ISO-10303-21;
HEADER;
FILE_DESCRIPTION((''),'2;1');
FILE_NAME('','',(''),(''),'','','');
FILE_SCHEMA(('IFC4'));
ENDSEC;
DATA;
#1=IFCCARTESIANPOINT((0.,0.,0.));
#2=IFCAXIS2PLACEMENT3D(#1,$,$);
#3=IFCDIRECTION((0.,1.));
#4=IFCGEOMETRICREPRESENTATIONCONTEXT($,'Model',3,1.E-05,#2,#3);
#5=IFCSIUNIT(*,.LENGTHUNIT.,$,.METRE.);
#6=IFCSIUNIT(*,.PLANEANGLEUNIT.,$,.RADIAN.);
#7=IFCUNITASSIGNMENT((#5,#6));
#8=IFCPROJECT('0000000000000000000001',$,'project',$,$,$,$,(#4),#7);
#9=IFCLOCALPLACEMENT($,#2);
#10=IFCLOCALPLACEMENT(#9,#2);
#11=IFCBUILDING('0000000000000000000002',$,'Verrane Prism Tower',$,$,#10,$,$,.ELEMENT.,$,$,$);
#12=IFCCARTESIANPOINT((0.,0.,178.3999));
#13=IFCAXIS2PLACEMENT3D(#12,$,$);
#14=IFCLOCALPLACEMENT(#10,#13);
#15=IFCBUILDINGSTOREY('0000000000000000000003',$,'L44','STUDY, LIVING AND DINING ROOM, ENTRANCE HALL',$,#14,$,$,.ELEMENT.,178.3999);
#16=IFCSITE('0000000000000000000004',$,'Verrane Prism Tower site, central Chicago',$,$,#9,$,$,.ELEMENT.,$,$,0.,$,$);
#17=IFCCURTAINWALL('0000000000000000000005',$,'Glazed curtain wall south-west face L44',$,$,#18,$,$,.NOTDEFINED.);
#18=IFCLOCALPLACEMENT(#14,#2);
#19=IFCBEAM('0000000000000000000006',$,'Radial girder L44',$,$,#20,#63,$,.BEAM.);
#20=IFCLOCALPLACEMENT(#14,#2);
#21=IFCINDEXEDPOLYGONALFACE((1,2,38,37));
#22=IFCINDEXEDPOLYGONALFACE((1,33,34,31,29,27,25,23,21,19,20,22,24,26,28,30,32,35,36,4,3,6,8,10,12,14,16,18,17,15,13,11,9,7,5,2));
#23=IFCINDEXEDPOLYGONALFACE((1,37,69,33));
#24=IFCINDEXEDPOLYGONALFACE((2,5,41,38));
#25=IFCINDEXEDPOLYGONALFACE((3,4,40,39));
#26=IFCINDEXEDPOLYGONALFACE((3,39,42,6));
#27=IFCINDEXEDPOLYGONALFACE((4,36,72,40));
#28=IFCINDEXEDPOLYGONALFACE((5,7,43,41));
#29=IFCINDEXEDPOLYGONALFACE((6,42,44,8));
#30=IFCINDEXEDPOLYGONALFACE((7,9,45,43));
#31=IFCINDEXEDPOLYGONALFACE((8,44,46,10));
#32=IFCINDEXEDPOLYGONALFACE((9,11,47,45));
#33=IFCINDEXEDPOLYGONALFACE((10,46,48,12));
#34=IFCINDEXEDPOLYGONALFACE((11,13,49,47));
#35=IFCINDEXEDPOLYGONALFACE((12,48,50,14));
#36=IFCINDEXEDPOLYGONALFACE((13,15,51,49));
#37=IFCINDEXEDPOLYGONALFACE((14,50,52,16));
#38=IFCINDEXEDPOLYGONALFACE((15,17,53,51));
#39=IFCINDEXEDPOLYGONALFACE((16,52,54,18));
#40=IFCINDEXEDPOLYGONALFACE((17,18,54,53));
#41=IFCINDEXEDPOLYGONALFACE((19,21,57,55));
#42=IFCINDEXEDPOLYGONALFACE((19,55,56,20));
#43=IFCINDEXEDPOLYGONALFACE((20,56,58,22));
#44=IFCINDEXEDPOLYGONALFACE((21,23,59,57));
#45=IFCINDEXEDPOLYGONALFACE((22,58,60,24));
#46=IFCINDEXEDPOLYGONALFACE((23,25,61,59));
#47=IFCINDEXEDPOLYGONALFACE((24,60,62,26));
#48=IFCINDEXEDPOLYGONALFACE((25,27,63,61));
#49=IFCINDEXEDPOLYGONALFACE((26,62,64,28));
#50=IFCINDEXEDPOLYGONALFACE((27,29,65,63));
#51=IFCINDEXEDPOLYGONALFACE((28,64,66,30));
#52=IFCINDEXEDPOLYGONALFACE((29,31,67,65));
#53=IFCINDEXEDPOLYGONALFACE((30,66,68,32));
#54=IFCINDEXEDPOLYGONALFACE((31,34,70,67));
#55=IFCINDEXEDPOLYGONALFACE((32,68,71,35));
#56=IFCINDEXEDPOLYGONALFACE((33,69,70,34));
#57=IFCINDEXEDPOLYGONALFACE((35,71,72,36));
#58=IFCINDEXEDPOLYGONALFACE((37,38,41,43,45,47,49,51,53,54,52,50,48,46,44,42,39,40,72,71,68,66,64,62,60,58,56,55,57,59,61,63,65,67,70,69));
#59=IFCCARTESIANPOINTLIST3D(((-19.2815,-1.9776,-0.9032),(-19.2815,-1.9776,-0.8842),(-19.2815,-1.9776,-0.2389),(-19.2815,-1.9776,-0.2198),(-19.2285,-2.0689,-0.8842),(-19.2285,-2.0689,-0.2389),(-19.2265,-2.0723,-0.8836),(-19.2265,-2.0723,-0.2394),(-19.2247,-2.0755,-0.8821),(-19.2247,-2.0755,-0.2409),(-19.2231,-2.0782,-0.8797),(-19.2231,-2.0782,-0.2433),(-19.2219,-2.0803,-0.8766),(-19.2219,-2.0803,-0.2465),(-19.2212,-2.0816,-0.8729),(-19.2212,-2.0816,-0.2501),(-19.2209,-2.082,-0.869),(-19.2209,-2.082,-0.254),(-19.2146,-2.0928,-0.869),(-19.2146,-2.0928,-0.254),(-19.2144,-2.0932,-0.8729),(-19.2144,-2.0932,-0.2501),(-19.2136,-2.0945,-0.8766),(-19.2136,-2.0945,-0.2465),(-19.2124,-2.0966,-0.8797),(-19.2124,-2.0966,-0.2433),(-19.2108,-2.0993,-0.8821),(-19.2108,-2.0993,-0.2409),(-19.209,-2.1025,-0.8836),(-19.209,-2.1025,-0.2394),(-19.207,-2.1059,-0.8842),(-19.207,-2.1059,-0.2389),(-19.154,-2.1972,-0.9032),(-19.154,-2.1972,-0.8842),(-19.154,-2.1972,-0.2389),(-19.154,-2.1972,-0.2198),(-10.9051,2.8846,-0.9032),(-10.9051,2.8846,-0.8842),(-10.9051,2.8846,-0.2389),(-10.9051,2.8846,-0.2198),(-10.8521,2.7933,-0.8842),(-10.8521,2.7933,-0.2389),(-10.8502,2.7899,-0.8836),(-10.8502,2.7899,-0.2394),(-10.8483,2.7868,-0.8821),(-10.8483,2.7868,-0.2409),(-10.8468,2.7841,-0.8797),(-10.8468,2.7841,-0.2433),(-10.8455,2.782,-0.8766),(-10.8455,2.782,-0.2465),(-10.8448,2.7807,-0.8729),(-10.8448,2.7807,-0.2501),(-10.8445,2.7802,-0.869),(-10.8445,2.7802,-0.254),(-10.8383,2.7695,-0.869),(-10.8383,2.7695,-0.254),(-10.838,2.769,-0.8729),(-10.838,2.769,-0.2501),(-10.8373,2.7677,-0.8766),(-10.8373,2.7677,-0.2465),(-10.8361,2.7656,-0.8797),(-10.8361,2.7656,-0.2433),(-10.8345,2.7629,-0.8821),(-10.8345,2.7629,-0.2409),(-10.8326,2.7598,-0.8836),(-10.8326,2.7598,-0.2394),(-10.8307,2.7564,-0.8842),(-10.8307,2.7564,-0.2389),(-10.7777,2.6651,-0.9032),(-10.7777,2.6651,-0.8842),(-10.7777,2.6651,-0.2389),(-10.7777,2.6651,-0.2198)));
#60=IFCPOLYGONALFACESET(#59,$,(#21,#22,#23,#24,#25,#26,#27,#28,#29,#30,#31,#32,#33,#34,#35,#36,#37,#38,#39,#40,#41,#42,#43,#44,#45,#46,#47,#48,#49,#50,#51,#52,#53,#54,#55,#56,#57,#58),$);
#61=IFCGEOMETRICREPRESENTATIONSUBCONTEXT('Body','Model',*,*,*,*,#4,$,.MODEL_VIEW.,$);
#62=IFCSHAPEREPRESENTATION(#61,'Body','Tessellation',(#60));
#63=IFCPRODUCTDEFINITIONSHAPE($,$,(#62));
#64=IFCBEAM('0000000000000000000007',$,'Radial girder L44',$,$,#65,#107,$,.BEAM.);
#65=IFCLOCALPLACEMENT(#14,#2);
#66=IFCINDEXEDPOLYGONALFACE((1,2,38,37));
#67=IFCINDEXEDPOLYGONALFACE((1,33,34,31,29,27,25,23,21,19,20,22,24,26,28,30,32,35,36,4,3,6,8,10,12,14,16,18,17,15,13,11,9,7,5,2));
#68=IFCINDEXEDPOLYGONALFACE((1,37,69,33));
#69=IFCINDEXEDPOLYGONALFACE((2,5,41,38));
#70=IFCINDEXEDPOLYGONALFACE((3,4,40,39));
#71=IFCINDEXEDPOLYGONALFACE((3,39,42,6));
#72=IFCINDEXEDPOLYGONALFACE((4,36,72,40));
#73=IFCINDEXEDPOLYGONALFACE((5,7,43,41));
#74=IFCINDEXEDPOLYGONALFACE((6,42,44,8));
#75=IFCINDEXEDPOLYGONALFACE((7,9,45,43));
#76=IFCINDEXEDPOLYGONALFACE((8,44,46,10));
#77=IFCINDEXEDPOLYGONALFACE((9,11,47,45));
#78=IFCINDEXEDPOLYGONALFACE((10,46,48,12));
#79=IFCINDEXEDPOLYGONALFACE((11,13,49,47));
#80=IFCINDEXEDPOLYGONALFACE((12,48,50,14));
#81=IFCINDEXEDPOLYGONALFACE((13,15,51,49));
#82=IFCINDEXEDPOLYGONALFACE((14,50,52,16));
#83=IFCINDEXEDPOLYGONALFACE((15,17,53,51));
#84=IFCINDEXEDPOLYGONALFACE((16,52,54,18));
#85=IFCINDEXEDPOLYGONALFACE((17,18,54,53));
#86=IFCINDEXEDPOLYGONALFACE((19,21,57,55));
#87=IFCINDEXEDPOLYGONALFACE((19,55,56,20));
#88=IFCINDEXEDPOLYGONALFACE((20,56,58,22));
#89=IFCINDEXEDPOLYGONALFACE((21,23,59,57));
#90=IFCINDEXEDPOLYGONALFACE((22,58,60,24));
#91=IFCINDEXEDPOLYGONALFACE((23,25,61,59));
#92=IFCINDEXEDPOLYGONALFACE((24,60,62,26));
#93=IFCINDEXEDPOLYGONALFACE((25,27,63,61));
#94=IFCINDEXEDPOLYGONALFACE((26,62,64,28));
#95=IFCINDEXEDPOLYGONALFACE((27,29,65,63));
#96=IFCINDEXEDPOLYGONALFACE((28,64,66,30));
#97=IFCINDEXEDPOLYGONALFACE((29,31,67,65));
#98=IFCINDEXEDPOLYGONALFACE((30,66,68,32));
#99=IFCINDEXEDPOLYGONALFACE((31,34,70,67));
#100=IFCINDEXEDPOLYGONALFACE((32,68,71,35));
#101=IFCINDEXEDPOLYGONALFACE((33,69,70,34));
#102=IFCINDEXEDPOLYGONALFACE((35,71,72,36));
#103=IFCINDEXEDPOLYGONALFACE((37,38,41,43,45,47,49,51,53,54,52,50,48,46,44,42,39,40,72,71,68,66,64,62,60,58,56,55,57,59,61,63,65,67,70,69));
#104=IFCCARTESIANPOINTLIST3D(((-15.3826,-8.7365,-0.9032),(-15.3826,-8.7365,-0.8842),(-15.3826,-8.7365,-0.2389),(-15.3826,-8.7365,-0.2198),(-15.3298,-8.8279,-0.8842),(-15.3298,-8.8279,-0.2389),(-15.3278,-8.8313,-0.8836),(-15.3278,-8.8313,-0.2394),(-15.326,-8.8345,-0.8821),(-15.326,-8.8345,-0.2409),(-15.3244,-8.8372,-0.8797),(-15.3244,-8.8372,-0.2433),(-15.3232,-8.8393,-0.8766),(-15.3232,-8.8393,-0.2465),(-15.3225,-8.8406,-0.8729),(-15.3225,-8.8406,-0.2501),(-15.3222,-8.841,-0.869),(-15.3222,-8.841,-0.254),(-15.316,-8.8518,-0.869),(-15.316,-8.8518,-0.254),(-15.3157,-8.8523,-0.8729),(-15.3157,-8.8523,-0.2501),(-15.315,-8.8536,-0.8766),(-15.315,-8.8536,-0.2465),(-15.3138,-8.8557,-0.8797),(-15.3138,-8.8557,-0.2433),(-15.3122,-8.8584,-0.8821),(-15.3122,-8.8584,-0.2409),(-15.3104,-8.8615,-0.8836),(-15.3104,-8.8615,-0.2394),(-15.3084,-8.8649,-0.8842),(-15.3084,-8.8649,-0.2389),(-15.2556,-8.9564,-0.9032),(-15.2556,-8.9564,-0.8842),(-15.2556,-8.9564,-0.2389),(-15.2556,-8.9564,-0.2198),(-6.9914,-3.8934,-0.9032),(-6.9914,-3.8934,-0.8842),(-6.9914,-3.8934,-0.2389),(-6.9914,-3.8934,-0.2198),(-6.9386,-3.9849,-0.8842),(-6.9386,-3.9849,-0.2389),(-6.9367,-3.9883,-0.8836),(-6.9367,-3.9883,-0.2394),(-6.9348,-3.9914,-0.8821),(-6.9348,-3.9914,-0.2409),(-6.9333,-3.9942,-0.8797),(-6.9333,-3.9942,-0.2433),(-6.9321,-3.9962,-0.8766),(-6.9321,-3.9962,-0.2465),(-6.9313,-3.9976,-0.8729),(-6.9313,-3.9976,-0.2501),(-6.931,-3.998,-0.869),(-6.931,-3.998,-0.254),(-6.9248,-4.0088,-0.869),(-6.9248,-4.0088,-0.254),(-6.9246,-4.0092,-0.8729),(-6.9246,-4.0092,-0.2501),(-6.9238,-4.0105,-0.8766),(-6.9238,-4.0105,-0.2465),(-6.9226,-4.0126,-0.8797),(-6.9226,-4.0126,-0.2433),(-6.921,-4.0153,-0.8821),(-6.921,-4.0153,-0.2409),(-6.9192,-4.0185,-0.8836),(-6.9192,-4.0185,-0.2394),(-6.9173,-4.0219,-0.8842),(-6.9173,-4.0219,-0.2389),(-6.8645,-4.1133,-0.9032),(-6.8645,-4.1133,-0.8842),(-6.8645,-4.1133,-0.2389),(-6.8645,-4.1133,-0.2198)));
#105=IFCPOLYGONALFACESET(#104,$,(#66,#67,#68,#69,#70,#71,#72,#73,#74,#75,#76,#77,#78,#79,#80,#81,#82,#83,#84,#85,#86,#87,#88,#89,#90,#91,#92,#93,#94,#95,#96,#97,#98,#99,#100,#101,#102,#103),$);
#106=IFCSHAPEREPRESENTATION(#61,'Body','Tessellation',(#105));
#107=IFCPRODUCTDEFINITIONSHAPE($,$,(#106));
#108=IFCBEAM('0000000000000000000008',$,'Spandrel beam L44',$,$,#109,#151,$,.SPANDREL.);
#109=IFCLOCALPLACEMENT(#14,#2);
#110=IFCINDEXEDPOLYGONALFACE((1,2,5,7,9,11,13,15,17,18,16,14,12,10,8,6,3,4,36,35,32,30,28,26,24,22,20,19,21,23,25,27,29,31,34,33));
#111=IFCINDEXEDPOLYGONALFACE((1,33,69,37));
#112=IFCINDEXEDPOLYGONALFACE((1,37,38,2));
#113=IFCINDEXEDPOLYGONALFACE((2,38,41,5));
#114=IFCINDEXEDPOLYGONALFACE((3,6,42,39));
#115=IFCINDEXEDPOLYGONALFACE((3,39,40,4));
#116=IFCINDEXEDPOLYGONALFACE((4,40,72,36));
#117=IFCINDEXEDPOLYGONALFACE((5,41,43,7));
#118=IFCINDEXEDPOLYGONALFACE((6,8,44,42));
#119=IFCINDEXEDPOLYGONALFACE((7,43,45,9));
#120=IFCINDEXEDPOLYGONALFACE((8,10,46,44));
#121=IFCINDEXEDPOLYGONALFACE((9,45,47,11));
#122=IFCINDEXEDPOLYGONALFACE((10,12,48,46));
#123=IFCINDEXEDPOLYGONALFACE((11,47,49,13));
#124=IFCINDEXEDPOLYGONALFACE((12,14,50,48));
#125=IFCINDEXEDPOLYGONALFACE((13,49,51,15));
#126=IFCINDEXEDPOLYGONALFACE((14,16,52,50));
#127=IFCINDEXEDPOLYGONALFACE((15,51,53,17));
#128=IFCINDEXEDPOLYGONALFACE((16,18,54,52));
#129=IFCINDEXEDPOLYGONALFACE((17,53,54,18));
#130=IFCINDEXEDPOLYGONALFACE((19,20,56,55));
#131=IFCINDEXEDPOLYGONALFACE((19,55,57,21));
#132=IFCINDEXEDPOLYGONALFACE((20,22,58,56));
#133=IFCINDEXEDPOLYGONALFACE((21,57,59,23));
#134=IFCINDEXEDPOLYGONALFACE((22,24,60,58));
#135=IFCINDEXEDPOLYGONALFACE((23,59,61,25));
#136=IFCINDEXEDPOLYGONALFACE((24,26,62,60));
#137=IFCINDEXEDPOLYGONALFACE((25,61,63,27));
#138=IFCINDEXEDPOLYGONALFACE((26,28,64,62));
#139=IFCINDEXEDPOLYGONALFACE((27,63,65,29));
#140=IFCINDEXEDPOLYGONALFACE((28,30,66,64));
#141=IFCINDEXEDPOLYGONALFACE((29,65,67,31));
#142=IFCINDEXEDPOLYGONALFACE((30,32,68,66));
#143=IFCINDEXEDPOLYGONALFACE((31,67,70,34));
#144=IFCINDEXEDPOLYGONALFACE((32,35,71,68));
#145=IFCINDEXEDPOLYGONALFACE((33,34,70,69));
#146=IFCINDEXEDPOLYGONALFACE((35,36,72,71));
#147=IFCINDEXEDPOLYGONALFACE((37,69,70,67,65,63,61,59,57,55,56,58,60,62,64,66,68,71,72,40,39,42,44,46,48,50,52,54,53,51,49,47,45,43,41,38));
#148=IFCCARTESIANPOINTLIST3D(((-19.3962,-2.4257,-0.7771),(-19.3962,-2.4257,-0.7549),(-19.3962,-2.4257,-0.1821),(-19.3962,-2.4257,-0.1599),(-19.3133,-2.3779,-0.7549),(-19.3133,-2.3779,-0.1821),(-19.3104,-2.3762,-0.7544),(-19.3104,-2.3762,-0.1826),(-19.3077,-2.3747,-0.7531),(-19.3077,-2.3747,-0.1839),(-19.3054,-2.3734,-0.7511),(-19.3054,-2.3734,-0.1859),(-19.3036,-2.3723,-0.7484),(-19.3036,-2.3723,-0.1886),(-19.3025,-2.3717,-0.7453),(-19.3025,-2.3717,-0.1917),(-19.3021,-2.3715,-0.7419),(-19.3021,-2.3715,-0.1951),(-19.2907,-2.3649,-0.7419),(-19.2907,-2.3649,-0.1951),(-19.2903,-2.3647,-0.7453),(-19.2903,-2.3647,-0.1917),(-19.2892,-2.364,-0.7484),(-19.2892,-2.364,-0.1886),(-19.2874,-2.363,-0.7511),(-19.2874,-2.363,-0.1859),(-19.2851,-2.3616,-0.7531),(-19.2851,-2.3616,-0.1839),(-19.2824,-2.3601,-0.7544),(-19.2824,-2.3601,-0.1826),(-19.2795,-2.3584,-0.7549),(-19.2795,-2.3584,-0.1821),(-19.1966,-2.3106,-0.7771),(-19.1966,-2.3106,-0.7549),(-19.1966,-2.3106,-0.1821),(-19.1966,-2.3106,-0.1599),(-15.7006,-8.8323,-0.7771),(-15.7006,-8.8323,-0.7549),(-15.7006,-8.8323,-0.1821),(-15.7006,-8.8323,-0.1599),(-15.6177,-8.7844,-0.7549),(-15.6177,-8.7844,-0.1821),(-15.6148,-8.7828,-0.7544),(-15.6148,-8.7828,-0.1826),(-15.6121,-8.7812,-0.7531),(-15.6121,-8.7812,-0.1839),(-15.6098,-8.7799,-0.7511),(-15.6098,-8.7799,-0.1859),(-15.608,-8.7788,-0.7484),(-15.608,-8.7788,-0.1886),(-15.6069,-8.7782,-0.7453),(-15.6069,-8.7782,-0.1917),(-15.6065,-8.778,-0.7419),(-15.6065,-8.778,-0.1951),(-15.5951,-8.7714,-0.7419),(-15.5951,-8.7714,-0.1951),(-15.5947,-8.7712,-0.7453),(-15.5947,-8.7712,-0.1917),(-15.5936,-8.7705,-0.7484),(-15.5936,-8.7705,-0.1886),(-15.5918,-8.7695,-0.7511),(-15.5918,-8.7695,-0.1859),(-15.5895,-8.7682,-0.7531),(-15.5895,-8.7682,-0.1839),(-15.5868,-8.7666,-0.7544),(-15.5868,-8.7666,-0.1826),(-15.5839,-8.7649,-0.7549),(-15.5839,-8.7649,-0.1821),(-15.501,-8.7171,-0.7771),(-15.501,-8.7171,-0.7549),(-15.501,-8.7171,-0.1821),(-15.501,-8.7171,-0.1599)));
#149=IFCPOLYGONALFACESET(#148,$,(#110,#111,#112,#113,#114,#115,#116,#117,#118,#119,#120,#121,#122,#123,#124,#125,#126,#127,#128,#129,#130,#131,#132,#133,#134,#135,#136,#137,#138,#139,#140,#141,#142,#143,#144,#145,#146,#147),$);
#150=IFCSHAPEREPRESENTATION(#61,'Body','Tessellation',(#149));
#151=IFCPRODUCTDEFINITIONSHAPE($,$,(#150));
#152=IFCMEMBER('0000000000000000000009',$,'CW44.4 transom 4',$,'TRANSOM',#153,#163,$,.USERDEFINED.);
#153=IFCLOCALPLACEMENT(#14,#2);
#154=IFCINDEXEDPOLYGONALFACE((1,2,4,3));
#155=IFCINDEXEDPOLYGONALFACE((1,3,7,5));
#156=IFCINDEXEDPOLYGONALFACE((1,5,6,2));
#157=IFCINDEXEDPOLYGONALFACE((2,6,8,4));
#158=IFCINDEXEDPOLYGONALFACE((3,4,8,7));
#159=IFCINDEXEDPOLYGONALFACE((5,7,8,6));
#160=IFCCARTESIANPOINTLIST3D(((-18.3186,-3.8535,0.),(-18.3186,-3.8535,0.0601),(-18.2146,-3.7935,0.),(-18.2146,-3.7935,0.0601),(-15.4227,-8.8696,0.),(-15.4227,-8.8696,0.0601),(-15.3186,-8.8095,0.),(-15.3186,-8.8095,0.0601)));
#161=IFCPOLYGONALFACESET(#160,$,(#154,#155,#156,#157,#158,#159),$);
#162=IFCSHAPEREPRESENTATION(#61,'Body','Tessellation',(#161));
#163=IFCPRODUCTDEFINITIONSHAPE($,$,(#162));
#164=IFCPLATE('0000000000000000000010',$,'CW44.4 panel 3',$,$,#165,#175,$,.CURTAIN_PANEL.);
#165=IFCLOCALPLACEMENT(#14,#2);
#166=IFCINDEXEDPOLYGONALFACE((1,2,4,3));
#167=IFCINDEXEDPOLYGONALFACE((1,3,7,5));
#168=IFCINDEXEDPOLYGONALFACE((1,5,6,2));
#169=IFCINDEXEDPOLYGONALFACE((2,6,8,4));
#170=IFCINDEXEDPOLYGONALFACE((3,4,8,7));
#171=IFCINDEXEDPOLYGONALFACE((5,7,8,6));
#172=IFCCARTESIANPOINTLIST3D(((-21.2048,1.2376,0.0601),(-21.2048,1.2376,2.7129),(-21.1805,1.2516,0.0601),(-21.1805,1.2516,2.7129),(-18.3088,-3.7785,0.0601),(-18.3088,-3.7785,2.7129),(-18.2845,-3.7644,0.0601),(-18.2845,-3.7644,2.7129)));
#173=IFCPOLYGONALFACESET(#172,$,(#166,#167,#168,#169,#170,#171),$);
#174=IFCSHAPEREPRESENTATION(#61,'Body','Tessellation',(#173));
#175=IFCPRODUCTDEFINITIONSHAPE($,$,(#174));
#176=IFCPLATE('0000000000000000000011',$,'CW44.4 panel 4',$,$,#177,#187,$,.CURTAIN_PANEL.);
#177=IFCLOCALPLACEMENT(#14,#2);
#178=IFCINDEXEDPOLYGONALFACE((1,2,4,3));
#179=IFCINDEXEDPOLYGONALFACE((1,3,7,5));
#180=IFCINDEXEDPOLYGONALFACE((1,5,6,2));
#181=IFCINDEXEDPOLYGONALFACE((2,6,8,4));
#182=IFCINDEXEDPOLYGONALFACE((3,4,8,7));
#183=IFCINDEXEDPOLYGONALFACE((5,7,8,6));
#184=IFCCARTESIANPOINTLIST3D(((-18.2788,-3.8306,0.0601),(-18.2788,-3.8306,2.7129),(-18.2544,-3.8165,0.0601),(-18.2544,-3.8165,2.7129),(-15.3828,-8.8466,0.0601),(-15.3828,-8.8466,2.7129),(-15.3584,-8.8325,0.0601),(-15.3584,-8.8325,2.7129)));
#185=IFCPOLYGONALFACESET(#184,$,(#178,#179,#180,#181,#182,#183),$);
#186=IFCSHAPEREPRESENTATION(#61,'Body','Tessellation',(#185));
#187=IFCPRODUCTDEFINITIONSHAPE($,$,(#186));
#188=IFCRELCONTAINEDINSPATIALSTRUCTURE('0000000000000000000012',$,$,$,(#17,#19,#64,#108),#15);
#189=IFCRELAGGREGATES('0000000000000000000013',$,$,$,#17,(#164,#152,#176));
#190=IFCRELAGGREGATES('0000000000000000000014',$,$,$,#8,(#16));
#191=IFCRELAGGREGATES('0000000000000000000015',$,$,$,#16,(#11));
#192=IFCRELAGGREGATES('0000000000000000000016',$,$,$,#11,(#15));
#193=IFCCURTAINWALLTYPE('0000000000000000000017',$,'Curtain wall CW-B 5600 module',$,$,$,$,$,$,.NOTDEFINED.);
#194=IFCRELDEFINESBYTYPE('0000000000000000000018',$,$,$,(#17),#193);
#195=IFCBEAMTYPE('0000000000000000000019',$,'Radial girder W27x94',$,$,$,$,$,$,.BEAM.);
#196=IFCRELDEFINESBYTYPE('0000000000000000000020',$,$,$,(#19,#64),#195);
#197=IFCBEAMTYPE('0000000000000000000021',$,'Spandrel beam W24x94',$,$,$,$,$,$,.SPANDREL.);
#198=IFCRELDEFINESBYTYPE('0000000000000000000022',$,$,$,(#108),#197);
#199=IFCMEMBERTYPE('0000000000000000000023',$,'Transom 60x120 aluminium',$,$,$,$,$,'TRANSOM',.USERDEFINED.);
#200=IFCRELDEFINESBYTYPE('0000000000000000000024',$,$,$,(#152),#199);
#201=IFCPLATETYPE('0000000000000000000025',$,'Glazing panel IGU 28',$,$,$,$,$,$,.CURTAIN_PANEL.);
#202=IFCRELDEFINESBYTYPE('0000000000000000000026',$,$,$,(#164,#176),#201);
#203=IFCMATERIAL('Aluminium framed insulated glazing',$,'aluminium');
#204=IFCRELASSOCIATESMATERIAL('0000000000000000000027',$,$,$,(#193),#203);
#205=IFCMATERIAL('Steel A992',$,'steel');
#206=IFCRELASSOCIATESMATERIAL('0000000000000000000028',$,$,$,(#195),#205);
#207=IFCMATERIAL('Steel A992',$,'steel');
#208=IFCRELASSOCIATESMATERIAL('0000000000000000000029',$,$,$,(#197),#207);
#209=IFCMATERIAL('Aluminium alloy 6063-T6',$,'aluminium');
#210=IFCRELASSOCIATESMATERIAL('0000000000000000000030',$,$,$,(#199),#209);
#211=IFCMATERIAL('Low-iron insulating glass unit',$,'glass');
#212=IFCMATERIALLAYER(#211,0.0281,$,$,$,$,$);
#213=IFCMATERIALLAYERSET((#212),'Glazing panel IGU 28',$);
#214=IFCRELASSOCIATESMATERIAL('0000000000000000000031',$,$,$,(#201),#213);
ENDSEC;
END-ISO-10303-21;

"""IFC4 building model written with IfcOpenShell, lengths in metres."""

from ifc_helpers import new_model, si_unit, direction, frame, origin, origin_2d, place, context, subcontext, project, spatial, rectangle, i_section, extrude, material, layer, layer_set, material_profile, profile_set, type_object, element, aggregate, save


model = new_model("IFC4")

# Units and contexts
model_context = context("Model", 3, precision=1e-05, world=origin(), true_north=direction((0.0, 1.0)))
body_context = subcontext(model_context, "Body", "Model", "MODEL_VIEW")
ifc_project = project(units=[si_unit("LENGTHUNIT", "METRE"), si_unit("PLANEANGLEUNIT", "RADIAN")], contexts=[model_context])

# Site, building, storey
site_placement = place(None, origin())
site = spatial("IfcSite", under=ifc_project, at=site_placement, Name="Verrane Prism Tower site, central Chicago", CompositionType="ELEMENT", RefElevation=0.0)
building_placement = place(site_placement, origin())
building = spatial("IfcBuilding", under=site, at=building_placement, Name="Verrane Prism Tower", CompositionType="ELEMENT")
storey_placement = place(building_placement, frame((0.0, 0.0, 178.3999)))
storey = spatial("IfcBuildingStorey", under=building, at=storey_placement, Name="L44", Description="STUDY, LIVING AND DINING ROOM, ENTRANCE HALL", CompositionType="ELEMENT", Elevation=178.3999)

# Curtain wall
ifc_material_1 = material(Name="Aluminium framed insulated glazing", Category="aluminium")
curtain_wall_type = type_object("IfcCurtainWallType", Name="Curtain wall CW-B 5600 module", PredefinedType="NOTDEFINED", material=ifc_material_1)
curtain_wall_placement = place(storey_placement, origin())
curtain_wall = element("IfcCurtainWall", 1, at=curtain_wall_placement, inside=storey, type_object=curtain_wall_type, Name="Glazed curtain wall south-west face L44", PredefinedType="NOTDEFINED")

# Beams
ifc_material_2 = material(Name="Steel A992", Category="steel")
ifc_material_profile_1 = material_profile(ifc_material_2, i_section(OverallWidth=0.2539, OverallDepth=0.6833, WebThickness=0.0125, FlangeThickness=0.019, FilletRadius=0.0151, at=origin_2d()), Name="W27x94")
ifc_profile_set_1 = profile_set([ifc_material_profile_1], Name="Steel A992")
beam_type_1 = type_object("IfcBeamType", Name="Radial girder W27x94", PredefinedType="BEAM", material=ifc_profile_set_1)
beam_1_placement = place(storey_placement, frame((-19.2178, -2.0874, -0.5615), z_axis=(0.864854, 0.502024, 0.0), x_axis=(-0.502024, 0.864854, 0.0)))
element("IfcBeam", 2, at=beam_1_placement, inside=storey, type_object=beam_type_1, Name="Radial girder L44", PredefinedType="BEAM", context=body_context, shape_type="SweptSolid", body=[
    extrude(i_section(OverallWidth=0.2539, OverallDepth=0.6833, WebThickness=0.0125, FlangeThickness=0.019, FilletRadius=0.0151, at=origin_2d()), origin(), (0.0, 0.0, 1.0), 9.6853),
])
beam_2_placement = place(storey_placement, frame((-15.3191, -8.8464, -0.5615), z_axis=(0.866097, 0.499877, 0.0), x_axis=(-0.499877, 0.866097, 0.0)))
element("IfcBeam", 3, at=beam_2_placement, inside=storey, type_object=beam_type_1, Name="Radial girder L44", PredefinedType="BEAM", context=body_context, shape_type="SweptSolid", body=[
    extrude(i_section(OverallWidth=0.2539, OverallDepth=0.6833, WebThickness=0.0125, FlangeThickness=0.019, FilletRadius=0.0151, at=origin_2d()), origin(), (0.0, 0.0, 1.0), 9.6885),
])
ifc_material_3 = material(Name="Steel A992", Category="steel")
ifc_material_profile_2 = material_profile(ifc_material_3, i_section(OverallWidth=0.2305, OverallDepth=0.6172, WebThickness=0.0132, FlangeThickness=0.0222, FilletRadius=0.0129, at=origin_2d()), Name="W24x94")
ifc_profile_set_2 = profile_set([ifc_material_profile_2], Name="Steel A992")
beam_type_2 = type_object("IfcBeamType", Name="Spandrel beam W24x94", PredefinedType="SPANDREL", material=ifc_profile_set_2)
beam_3_placement = place(storey_placement, frame((-19.2964, -2.3682, -0.4685), z_axis=(0.499672, -0.866215, 0.0), x_axis=(0.866215, 0.499672, 0.0)))
element("IfcBeam", 4, at=beam_3_placement, inside=storey, type_object=beam_type_2, Name="Spandrel beam L44", PredefinedType="SPANDREL", context=body_context, shape_type="SweptSolid", body=[
    extrude(i_section(OverallWidth=0.2305, OverallDepth=0.6172, WebThickness=0.0132, FlangeThickness=0.0222, FilletRadius=0.0129, at=origin_2d()), origin(), (0.0, 0.0, 1.0), 7.396),
])

# Member
ifc_material_4 = material(Name="Aluminium alloy 6063-T6", Category="aluminium")
ifc_material_profile_3 = material_profile(ifc_material_4, rectangle(XDim=0.1201, YDim=0.0601, at=origin_2d()), Name="Transom 60x120 aluminium")
ifc_profile_set_3 = profile_set([ifc_material_profile_3], Name="Aluminium alloy 6063-T6")
member_type_1 = type_object("IfcMemberType", Name="Transom 60x120 aluminium", ElementType="TRANSOM", PredefinedType="USERDEFINED", material=ifc_profile_set_3)
member_1_placement = place(storey_placement, frame((-18.2666, -3.8235, 0.03), z_axis=(0.499992, -0.86603, 0.0), x_axis=(0.86603, 0.499992, 0.0)))
member_1 = element("IfcMember", 5, at=member_1_placement, type_object=member_type_1, Name="CW44.4 transom 4", ObjectType="TRANSOM", PredefinedType="USERDEFINED", context=body_context, shape_type="SweptSolid", body=[
    extrude(rectangle(XDim=0.1201, YDim=0.0601, at=origin_2d()), origin(), (0.0, 0.0, 1.0), 5.792),
])

# Plates
ifc_material_5 = material(Name="Low-iron insulating glass unit", Category="glass")
ifc_layer_1 = layer(ifc_material_5, 0.0281)
ifc_layer_set_1 = layer_set([ifc_layer_1], Name="Glazing panel IGU 28")
plate_type = type_object("IfcPlateType", Name="Glazing panel IGU 28", PredefinedType="CURTAIN_PANEL", material=ifc_layer_set_1)
plate_1_placement = place(storey_placement, frame((-19.7446, -1.2634, 0.0601), z_axis=(0.0, 0.0, 1.0), x_axis=(0.499999, -0.866026, 0.0)))
plate_1 = element("IfcPlate", 6, at=plate_1_placement, type_object=plate_type, Name="CW44.4 panel 3", PredefinedType="CURTAIN_PANEL", context=body_context, shape_type="SweptSolid", body=[
    extrude(rectangle(XDim=5.792, YDim=0.0281, at=origin_2d()), origin(), (0.0, 0.0, 1.0), 2.6528),
])
plate_2_placement = place(storey_placement, frame((-16.8186, -6.3315, 0.0601), z_axis=(0.0, 0.0, 1.0), x_axis=(0.499999, -0.866026, 0.0)))
plate_2 = element("IfcPlate", 7, at=plate_2_placement, type_object=plate_type, Name="CW44.4 panel 4", PredefinedType="CURTAIN_PANEL", context=body_context, shape_type="SweptSolid", body=[
    extrude(rectangle(XDim=5.792, YDim=0.0281, at=origin_2d()), origin(), (0.0, 0.0, 1.0), 2.6528),
])
aggregate(curtain_wall, [plate_1, member_1, plate_2])

save(model, "model.ifc")
